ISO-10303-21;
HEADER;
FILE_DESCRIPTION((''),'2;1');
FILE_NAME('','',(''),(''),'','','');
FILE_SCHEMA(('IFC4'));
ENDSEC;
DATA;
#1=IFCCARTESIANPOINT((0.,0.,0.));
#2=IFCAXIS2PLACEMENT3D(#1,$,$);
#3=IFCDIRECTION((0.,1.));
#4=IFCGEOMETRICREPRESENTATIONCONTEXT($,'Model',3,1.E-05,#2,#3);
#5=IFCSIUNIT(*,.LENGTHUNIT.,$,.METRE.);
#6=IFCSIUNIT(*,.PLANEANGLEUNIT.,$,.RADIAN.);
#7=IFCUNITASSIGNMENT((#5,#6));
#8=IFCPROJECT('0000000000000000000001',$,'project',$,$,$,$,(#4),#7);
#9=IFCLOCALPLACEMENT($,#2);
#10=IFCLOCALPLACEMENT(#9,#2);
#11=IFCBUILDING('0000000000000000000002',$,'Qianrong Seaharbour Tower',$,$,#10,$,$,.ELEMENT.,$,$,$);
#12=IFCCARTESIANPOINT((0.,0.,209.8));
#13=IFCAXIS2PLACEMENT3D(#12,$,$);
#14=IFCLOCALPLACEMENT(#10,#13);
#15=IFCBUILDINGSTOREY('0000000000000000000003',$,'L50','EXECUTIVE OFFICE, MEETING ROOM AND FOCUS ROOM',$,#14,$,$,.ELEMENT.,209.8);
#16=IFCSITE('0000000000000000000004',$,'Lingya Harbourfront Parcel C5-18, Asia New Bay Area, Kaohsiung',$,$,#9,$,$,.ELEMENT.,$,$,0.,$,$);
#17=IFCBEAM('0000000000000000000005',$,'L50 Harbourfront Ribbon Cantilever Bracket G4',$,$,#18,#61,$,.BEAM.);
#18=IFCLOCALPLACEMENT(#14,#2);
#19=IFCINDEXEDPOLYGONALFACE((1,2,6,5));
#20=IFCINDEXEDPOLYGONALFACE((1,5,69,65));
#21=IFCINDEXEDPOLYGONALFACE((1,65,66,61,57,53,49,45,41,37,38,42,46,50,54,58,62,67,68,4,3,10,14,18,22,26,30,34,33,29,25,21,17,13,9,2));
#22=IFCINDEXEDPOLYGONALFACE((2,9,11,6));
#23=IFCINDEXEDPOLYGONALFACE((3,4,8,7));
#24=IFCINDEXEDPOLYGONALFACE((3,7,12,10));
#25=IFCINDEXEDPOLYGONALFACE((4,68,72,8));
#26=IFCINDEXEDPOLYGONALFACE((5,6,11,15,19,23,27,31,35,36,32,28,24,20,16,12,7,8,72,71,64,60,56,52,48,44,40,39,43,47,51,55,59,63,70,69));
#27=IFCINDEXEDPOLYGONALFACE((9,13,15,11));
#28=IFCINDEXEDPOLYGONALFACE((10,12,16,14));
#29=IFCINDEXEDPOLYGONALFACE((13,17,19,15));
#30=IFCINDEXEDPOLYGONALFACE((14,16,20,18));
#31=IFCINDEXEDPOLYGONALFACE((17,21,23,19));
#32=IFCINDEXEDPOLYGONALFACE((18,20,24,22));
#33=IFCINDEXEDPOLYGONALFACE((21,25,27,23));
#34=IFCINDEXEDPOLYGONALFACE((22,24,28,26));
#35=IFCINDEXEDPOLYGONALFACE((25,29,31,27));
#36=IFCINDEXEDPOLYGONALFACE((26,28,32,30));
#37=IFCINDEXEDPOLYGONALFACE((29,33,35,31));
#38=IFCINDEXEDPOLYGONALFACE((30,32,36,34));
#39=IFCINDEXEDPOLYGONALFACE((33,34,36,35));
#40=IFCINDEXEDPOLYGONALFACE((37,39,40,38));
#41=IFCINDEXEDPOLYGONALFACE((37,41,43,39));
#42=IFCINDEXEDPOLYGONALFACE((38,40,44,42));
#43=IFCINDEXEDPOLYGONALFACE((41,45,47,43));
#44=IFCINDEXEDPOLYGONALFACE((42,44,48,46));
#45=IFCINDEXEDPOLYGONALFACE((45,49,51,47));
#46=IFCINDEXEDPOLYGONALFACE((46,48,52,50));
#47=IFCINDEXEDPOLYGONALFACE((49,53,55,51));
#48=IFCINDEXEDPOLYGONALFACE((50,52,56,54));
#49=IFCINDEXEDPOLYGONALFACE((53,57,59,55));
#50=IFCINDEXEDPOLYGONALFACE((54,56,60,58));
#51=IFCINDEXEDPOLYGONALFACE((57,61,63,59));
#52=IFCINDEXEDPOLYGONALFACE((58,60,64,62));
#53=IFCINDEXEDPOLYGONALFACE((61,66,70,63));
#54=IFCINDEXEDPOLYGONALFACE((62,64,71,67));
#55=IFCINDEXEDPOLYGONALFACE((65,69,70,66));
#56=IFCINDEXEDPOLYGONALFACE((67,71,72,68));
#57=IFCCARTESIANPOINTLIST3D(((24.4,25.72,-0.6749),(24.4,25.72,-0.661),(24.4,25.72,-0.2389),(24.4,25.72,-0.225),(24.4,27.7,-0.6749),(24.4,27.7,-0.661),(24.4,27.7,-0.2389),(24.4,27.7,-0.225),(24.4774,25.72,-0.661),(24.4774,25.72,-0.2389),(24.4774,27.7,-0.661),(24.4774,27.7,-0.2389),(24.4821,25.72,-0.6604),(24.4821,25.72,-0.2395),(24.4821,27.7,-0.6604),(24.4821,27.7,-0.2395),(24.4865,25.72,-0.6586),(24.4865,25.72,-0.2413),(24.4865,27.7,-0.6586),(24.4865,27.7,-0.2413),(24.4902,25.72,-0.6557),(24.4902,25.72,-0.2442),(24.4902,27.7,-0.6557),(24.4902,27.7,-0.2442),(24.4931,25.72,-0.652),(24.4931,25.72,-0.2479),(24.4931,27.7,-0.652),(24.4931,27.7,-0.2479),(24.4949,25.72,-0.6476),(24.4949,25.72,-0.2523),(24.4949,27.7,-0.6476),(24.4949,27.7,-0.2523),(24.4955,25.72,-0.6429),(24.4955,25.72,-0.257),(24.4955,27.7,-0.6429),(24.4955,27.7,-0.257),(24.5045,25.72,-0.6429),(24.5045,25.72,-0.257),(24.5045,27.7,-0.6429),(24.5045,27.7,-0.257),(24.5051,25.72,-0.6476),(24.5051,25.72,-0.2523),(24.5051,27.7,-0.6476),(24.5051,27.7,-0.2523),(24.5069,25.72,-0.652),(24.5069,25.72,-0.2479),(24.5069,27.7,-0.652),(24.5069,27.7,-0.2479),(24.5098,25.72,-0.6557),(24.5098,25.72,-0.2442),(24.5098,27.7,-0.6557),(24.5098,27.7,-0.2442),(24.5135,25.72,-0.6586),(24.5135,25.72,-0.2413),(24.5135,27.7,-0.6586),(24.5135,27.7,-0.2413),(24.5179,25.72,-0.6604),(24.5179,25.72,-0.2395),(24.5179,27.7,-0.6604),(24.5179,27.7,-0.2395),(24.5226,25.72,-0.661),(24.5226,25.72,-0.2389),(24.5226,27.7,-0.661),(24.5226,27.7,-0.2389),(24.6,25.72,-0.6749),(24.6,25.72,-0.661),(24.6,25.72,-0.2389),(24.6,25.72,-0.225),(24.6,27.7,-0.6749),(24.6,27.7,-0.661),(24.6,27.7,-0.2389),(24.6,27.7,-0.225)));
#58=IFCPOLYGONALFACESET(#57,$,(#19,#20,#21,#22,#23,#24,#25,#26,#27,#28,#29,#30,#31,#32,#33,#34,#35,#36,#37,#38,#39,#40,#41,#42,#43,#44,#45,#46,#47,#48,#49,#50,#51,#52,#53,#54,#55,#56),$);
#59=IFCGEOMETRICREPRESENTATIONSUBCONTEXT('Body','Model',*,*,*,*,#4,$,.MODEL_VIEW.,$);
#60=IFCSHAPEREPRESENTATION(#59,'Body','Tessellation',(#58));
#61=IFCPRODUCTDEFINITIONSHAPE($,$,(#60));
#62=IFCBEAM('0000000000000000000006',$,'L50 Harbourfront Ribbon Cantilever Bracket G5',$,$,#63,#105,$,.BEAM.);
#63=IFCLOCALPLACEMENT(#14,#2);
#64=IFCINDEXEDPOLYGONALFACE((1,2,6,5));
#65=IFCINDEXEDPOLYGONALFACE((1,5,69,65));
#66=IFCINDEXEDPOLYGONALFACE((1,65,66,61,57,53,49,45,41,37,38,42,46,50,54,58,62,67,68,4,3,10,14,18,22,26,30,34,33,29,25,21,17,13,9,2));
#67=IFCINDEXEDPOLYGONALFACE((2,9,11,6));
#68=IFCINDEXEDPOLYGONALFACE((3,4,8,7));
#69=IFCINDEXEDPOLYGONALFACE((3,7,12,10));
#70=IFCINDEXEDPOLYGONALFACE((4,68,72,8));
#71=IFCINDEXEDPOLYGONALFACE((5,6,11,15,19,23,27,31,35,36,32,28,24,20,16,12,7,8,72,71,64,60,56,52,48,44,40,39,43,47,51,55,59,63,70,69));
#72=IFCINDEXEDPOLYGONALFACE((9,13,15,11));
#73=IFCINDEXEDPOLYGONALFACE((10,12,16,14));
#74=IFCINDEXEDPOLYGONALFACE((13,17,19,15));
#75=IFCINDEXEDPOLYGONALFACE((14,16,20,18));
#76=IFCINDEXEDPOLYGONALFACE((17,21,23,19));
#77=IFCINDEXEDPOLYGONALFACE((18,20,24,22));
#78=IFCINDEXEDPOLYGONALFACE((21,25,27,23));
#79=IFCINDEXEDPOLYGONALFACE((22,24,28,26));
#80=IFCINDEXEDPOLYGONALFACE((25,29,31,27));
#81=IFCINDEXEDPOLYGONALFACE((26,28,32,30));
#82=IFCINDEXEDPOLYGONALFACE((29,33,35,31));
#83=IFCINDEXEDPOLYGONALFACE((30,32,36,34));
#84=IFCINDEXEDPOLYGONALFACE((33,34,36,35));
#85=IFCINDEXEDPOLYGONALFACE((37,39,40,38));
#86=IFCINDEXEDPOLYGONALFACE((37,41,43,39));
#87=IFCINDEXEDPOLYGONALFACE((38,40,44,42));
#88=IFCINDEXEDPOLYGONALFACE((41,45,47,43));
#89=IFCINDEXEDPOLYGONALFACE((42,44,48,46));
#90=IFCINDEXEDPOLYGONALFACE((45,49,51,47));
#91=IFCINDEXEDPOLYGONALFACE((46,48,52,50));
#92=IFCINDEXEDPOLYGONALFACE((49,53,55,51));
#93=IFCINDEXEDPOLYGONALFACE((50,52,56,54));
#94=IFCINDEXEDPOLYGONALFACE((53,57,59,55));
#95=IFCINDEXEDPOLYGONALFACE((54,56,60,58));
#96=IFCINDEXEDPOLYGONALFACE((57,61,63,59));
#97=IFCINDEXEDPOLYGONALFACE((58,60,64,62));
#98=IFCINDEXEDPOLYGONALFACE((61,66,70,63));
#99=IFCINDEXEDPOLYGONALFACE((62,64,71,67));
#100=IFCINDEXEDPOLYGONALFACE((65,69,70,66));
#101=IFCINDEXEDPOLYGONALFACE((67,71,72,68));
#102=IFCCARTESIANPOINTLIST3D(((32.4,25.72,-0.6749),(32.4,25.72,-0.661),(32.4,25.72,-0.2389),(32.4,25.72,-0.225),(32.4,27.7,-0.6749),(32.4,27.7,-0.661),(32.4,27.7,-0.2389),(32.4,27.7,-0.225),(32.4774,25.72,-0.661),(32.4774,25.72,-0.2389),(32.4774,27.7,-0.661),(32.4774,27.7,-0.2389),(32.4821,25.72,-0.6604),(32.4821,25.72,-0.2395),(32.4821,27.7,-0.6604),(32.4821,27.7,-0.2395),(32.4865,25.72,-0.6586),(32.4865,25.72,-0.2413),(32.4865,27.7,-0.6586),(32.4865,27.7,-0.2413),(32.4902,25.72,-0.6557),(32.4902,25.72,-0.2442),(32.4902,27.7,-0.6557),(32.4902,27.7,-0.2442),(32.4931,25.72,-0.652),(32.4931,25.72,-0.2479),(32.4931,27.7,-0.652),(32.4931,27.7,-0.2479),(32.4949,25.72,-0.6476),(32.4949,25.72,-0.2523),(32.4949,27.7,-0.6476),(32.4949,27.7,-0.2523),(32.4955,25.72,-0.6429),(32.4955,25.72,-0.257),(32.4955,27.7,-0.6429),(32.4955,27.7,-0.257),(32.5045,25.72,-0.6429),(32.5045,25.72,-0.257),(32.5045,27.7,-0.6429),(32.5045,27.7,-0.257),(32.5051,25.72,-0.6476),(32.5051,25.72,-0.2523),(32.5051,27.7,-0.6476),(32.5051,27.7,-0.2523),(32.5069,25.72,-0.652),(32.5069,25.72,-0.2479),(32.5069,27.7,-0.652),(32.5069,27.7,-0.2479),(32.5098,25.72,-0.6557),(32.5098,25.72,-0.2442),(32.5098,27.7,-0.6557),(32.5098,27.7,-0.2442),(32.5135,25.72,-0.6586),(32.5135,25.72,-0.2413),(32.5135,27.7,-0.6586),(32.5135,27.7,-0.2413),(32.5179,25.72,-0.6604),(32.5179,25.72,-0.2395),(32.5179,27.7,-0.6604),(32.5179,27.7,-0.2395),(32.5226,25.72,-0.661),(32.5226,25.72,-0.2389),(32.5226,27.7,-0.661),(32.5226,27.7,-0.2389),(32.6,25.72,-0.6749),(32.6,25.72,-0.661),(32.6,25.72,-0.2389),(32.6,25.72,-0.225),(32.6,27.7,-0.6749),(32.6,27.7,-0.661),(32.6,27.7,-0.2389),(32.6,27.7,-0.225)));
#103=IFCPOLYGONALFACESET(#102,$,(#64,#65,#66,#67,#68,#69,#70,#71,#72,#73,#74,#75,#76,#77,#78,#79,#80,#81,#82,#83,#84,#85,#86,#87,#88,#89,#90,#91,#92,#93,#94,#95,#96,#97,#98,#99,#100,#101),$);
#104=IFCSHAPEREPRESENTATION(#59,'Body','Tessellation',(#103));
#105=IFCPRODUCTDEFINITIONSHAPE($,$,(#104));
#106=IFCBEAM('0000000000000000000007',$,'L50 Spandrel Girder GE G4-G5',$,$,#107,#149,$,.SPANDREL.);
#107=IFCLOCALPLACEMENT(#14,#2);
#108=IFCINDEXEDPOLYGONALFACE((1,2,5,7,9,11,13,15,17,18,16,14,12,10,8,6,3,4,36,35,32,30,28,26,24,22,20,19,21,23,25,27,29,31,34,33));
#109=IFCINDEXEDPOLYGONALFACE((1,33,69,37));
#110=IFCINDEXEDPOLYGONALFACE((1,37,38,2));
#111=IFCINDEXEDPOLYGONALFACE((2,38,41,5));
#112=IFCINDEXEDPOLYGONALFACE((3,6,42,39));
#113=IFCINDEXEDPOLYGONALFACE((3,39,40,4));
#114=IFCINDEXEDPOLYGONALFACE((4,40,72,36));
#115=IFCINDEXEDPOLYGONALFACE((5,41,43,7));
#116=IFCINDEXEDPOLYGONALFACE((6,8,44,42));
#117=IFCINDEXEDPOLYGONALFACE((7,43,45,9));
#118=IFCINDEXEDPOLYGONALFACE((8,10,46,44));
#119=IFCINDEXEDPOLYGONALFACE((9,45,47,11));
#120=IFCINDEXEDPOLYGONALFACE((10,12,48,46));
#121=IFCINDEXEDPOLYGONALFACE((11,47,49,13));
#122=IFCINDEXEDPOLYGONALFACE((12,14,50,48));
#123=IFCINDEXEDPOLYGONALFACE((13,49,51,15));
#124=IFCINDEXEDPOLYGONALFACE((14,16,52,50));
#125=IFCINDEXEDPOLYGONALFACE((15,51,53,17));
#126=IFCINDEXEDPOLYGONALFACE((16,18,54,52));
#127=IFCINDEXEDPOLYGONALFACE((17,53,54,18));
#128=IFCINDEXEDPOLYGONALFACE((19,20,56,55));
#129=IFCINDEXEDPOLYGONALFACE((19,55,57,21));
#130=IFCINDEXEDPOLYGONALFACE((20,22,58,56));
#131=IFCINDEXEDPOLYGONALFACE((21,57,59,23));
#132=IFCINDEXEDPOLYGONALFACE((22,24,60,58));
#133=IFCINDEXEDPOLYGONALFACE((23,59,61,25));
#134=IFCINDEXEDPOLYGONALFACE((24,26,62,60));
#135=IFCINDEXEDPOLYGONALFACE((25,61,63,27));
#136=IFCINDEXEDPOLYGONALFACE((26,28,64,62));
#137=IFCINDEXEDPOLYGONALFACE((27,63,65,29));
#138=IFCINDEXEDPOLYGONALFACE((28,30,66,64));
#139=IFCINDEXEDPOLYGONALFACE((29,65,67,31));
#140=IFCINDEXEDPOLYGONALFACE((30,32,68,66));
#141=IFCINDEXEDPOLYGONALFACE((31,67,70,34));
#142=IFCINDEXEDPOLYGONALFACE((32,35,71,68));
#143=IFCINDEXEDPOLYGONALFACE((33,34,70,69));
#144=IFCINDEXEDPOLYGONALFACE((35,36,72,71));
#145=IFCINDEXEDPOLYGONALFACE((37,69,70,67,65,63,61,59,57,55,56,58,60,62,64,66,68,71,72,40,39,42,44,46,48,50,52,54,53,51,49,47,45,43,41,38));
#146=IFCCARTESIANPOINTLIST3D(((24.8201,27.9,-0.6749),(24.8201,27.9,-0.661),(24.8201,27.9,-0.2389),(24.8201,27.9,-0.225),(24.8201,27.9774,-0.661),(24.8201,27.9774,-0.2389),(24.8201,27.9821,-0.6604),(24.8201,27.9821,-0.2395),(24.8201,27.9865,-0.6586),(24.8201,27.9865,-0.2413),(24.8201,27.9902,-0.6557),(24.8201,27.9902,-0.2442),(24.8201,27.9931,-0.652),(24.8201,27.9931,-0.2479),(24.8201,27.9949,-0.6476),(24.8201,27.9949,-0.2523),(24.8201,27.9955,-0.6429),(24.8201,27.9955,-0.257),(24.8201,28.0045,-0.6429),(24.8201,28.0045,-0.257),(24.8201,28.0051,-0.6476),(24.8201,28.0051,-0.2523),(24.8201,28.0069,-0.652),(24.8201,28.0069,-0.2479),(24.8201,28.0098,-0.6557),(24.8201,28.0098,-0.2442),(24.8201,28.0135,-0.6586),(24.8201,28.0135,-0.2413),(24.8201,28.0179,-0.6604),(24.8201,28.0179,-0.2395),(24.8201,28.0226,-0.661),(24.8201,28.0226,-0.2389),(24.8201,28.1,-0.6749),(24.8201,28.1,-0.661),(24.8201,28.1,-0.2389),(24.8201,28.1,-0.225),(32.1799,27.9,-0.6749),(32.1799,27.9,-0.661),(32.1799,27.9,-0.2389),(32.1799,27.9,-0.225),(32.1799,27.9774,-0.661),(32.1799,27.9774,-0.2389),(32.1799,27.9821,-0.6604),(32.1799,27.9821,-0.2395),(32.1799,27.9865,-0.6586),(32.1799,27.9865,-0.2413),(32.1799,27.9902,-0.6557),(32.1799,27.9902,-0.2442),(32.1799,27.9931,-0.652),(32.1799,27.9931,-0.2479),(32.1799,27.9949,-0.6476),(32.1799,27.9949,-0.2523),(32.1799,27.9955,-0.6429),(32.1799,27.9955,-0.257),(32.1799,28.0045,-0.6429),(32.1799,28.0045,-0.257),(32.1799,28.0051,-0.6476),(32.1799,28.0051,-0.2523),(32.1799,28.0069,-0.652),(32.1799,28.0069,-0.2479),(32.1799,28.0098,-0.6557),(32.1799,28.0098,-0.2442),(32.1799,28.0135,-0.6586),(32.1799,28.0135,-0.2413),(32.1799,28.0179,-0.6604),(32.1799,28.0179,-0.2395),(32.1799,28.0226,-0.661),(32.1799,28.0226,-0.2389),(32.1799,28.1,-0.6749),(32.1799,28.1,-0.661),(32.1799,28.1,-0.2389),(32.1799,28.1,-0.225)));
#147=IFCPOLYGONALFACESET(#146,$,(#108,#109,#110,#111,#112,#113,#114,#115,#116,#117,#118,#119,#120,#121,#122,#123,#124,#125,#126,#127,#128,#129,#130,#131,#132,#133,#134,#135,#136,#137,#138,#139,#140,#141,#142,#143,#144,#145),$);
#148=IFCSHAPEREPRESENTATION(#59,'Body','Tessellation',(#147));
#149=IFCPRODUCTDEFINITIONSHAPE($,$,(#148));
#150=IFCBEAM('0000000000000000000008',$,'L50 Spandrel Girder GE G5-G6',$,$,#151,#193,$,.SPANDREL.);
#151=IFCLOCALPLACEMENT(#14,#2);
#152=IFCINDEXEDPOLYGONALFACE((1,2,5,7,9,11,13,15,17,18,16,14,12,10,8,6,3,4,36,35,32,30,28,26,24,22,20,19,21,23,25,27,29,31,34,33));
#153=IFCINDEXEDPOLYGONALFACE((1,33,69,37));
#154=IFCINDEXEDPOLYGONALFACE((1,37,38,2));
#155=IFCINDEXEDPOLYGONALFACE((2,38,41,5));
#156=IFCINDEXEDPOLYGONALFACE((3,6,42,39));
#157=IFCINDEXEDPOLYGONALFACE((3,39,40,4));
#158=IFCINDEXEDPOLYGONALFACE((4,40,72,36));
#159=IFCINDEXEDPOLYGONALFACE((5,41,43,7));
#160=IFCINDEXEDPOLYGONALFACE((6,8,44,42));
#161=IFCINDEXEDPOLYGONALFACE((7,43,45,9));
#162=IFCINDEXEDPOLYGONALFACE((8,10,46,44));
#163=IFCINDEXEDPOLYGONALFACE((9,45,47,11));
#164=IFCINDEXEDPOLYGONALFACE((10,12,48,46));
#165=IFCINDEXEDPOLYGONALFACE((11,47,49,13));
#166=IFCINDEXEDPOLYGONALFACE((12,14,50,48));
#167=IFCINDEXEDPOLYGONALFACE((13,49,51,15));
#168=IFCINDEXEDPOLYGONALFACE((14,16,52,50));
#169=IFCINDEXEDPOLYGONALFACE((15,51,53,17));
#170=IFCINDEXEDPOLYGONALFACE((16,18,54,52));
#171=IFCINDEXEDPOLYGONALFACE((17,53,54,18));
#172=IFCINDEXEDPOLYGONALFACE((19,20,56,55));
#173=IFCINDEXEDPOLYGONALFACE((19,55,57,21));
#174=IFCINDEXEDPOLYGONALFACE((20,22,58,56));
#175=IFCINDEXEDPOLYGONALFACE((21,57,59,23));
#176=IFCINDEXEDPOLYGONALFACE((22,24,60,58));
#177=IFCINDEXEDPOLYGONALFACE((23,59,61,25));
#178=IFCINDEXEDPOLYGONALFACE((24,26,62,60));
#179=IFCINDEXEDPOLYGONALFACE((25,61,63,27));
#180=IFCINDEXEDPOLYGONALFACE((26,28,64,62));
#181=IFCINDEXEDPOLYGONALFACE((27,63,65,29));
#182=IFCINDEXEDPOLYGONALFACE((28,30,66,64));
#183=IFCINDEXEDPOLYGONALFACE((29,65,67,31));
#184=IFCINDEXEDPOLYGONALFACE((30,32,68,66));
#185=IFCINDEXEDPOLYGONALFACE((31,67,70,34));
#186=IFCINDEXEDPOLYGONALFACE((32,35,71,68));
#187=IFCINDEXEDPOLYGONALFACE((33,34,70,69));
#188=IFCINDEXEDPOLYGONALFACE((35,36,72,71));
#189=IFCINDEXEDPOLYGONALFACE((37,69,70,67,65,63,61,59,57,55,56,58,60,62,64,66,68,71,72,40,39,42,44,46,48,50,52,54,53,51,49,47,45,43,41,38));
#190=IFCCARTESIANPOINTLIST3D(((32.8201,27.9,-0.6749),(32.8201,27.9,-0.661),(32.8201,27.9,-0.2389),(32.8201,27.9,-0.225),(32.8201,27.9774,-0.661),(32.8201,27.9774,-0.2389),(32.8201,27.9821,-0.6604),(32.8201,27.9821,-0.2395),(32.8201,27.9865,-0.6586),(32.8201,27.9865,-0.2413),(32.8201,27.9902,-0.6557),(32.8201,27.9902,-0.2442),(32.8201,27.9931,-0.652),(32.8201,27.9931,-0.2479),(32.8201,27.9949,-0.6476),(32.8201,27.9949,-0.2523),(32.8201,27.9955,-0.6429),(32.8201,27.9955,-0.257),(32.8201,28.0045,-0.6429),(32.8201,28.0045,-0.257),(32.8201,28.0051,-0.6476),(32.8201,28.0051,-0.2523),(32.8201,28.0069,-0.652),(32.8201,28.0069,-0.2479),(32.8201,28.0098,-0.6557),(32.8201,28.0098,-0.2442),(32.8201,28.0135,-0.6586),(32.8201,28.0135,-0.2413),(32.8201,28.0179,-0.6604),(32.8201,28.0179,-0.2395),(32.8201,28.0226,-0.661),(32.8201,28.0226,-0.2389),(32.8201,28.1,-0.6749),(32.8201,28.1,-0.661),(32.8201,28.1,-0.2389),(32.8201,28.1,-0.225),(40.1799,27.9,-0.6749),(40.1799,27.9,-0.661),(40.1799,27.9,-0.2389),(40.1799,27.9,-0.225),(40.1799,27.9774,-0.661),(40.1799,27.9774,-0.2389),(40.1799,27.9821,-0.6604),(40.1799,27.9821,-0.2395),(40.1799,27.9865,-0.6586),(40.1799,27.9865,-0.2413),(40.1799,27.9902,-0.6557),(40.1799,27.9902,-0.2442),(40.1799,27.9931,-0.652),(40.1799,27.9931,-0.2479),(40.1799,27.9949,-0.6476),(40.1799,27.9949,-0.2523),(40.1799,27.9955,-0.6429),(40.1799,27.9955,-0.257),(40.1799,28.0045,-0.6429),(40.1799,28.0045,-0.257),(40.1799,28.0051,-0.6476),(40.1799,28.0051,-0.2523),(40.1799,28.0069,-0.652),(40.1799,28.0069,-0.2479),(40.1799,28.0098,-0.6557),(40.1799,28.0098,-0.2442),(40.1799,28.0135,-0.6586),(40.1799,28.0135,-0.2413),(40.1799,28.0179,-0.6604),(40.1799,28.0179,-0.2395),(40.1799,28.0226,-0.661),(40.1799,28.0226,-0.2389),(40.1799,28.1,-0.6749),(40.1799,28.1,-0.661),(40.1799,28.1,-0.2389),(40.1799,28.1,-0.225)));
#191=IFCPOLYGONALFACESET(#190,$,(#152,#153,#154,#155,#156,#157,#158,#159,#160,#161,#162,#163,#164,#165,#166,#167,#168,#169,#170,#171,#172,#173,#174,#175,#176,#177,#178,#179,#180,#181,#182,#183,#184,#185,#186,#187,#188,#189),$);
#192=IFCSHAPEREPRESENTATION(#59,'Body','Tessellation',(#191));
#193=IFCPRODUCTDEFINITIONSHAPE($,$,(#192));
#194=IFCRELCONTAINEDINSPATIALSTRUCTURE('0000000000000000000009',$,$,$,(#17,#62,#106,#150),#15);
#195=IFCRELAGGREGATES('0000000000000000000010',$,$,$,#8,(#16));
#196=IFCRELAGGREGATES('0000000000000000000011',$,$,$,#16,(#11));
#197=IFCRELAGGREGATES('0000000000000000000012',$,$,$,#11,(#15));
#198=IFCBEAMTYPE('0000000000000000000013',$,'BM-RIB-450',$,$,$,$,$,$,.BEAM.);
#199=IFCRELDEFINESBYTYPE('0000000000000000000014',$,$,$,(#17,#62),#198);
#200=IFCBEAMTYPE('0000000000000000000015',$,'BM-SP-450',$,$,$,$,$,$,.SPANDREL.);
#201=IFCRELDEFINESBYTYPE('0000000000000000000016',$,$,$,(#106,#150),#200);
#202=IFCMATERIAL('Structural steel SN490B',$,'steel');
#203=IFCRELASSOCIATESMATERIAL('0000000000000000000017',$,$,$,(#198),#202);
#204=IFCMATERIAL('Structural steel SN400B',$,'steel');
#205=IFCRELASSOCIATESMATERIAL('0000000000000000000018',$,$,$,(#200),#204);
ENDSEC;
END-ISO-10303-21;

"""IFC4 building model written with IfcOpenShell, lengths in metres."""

from ifc_helpers import new_model, si_unit, direction, frame, origin, origin_2d, place, context, subcontext, project, spatial, i_section, extrude, material, material_profile, profile_set, type_object, element, save


model = new_model("IFC4")

# Units and contexts
model_context = context("Model", 3, precision=1e-05, world=origin(), true_north=direction((0.0, 1.0)))
body_context = subcontext(model_context, "Body", "Model", "MODEL_VIEW")
ifc_project = project(units=[si_unit("LENGTHUNIT", "METRE"), si_unit("PLANEANGLEUNIT", "RADIAN")], contexts=[model_context])

# Site, building, storey
site_placement = place(None, origin())
site = spatial("IfcSite", under=ifc_project, at=site_placement, Name="Lingya Harbourfront Parcel C5-18, Asia New Bay Area, Kaohsiung", CompositionType="ELEMENT", RefElevation=0.0)
building_placement = place(site_placement, origin())
building = spatial("IfcBuilding", under=site, at=building_placement, Name="Qianrong Seaharbour Tower", CompositionType="ELEMENT")
storey_placement = place(building_placement, frame((0.0, 0.0, 209.8)))
storey = spatial("IfcBuildingStorey", under=building, at=storey_placement, Name="L50", Description="EXECUTIVE OFFICE, MEETING ROOM AND FOCUS ROOM", CompositionType="ELEMENT", Elevation=209.8)

# Shared definitions
ifc_material_1 = material(Name="Structural steel SN490B", Category="steel")

# Beams
ifc_material_2 = material(Name="Structural steel SN400B", Category="steel")
ifc_material_profile_1 = material_profile(ifc_material_1, i_section(OverallWidth=0.2, OverallDepth=0.45, WebThickness=0.009, FlangeThickness=0.0139, FilletRadius=0.0181, at=origin_2d()), Name="H450x200x9x14")
ifc_profile_set_1 = profile_set([ifc_material_profile_1], Name="Structural steel SN490B")
beam_type_1 = type_object("IfcBeamType", Name="BM-RIB-450", PredefinedType="BEAM", material=ifc_profile_set_1)
for number, where, z_axis, x_axis, name in (
    (1, (24.5, 27.7, -0.45), (0.0, -1.0, 0.0), (1.0, 0.0, 0.0), "L50 Harbourfront Ribbon Cantilever Bracket G4"),
    (2, (32.5, 27.7, -0.45), (0.0, -1.0, 0.0), (1.0, 0.0, 0.0), "L50 Harbourfront Ribbon Cantilever Bracket G5"),
):
    element("IfcBeam", number, at=place(storey_placement, frame(where, z_axis=z_axis, x_axis=x_axis)), inside=storey, type_object=beam_type_1, Name=name, PredefinedType="BEAM", context=body_context, shape_type="SweptSolid", body=[
        extrude(i_section(OverallWidth=0.2, OverallDepth=0.45, WebThickness=0.009, FlangeThickness=0.0139, FilletRadius=0.0181, at=origin_2d()), origin(), (0.0, 0.0, 1.0), 1.98),
    ])
ifc_material_profile_2 = material_profile(ifc_material_2, i_section(OverallWidth=0.2, OverallDepth=0.45, WebThickness=0.009, FlangeThickness=0.0139, FilletRadius=0.0181, at=origin_2d()), Name="H450x200x9x14")
ifc_profile_set_2 = profile_set([ifc_material_profile_2], Name="Structural steel SN400B")
beam_type_2 = type_object("IfcBeamType", Name="BM-SP-450", PredefinedType="SPANDREL", material=ifc_profile_set_2)
for number, where, z_axis, x_axis, name in (
    (3, (24.8201, 28.0, -0.45), (1.0, 0.0, 0.0), (0.0, 1.0, 0.0), "L50 Spandrel Girder GE G4-G5"),
    (4, (32.8201, 28.0, -0.45), (1.0, 0.0, 0.0), (0.0, 1.0, 0.0), "L50 Spandrel Girder GE G5-G6"),
):
    element("IfcBeam", number, at=place(storey_placement, frame(where, z_axis=z_axis, x_axis=x_axis)), inside=storey, type_object=beam_type_2, Name=name, PredefinedType="SPANDREL", context=body_context, shape_type="SweptSolid", body=[
        extrude(i_section(OverallWidth=0.2, OverallDepth=0.45, WebThickness=0.009, FlangeThickness=0.0139, FilletRadius=0.0181, at=origin_2d()), origin(), (0.0, 0.0, 1.0), 7.3599),
    ])

save(model, "model.ifc")
